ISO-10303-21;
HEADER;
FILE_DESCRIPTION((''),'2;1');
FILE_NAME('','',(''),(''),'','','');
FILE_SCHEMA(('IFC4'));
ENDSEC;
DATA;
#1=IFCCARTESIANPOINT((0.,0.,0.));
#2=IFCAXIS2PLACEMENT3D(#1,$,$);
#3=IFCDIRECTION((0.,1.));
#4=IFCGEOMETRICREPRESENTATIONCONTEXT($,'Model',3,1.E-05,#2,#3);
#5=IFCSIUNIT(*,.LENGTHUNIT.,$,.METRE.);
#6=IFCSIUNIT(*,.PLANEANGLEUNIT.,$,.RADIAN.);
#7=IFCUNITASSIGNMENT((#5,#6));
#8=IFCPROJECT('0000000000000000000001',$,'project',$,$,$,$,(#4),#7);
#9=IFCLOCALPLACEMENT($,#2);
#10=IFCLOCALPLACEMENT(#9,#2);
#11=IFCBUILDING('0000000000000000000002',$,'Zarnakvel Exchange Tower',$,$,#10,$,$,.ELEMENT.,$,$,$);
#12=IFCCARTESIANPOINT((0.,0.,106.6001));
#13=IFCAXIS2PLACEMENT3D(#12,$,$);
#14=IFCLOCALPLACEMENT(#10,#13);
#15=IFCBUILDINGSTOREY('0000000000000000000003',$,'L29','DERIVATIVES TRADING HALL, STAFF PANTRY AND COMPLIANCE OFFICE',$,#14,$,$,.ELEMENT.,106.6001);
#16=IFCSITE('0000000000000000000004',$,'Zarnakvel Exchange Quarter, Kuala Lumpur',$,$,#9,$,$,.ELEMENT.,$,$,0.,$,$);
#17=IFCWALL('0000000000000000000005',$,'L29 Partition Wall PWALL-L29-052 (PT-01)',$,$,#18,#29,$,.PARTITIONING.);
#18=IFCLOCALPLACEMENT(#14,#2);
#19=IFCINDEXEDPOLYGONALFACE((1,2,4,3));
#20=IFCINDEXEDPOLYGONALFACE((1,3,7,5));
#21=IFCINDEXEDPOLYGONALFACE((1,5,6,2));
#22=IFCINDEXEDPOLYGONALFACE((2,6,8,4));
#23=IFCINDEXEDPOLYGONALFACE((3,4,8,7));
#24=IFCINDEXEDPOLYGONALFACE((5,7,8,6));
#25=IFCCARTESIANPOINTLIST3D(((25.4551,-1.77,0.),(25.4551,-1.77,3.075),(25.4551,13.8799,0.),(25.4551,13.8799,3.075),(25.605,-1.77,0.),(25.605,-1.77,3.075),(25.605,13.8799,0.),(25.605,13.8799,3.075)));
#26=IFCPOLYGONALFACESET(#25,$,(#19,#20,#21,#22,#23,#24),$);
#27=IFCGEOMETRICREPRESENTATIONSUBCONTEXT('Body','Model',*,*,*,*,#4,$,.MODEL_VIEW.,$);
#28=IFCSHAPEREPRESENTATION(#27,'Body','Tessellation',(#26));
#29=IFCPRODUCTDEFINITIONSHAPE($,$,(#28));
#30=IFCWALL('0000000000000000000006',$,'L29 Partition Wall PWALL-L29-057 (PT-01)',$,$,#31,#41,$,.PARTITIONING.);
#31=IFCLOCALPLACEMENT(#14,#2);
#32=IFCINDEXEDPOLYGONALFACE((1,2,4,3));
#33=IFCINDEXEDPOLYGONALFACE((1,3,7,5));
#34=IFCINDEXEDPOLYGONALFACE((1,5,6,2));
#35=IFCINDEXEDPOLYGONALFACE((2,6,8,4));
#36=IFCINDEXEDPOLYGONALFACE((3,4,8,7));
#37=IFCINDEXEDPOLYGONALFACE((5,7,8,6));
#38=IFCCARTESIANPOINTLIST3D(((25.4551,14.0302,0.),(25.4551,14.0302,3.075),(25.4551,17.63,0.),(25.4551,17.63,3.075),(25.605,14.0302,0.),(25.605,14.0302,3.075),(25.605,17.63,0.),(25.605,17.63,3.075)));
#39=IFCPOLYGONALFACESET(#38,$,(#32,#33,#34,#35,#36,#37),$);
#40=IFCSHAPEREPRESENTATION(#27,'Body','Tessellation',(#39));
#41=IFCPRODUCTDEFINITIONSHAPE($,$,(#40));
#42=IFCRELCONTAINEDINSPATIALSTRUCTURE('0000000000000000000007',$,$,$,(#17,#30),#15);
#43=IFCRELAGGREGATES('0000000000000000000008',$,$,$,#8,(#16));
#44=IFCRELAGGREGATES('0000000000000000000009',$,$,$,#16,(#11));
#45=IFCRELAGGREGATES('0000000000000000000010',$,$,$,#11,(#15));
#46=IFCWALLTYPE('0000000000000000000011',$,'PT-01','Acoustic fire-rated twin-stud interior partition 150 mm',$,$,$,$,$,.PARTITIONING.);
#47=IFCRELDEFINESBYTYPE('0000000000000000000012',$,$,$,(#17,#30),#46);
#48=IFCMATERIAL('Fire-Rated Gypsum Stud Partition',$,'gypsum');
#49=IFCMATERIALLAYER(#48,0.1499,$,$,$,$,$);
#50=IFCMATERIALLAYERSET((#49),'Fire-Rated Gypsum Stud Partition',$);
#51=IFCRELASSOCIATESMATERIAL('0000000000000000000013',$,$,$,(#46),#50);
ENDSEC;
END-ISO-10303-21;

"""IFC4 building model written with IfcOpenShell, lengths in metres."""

from ifc_helpers import new_model, si_unit, direction, frame, frame_2d, origin, place, context, subcontext, project, spatial, rectangle, extrude, material, layer, layer_set, type_object, element, save


model = new_model("IFC4")

# Units and contexts
model_context = context("Model", 3, precision=1e-05, world=origin(), true_north=direction((0.0, 1.0)))
body_context = subcontext(model_context, "Body", "Model", "MODEL_VIEW")
ifc_project = project(units=[si_unit("LENGTHUNIT", "METRE"), si_unit("PLANEANGLEUNIT", "RADIAN")], contexts=[model_context])

# Site, building, storey
site_placement = place(None, origin())
site = spatial("IfcSite", under=ifc_project, at=site_placement, Name="Zarnakvel Exchange Quarter, Kuala Lumpur", CompositionType="ELEMENT", RefElevation=0.0)
building_placement = place(site_placement, origin())
building = spatial("IfcBuilding", under=site, at=building_placement, Name="Zarnakvel Exchange Tower", CompositionType="ELEMENT")
storey_placement = place(building_placement, frame((0.0, 0.0, 106.6001)))
storey = spatial("IfcBuildingStorey", under=building, at=storey_placement, Name="L29", Description="DERIVATIVES TRADING HALL, STAFF PANTRY AND COMPLIANCE OFFICE", CompositionType="ELEMENT", Elevation=106.6001)

# Shared definitions
ifc_material_1 = material(Name="Fire-Rated Gypsum Stud Partition", Category="gypsum")
ifc_layer_1 = layer(ifc_material_1, 0.1499)
ifc_layer_set_1 = layer_set([ifc_layer_1], Name="Fire-Rated Gypsum Stud Partition")
wall_type_1 = type_object("IfcWallType", Name="PT-01", Description="Acoustic fire-rated twin-stud interior partition 150 mm", PredefinedType="PARTITIONING", material=ifc_layer_set_1)

# Walls
wall_1_placement = place(storey_placement, frame((25.53, 13.8799, 0.0), z_axis=(0.0, 0.0, 1.0), x_axis=(0.0, -1.0, 0.0)))
element("IfcWall", 1, at=wall_1_placement, inside=storey, type_object=wall_type_1, Name="L29 Partition Wall PWALL-L29-052 (PT-01)", PredefinedType="PARTITIONING", context=body_context, shape_type="SweptSolid", body=[
    extrude(rectangle(XDim=15.6499, YDim=0.1499, at=frame_2d((7.825, 0.0))), origin(), (0.0, 0.0, 1.0), 3.075),
])
wall_2_placement = place(storey_placement, frame((25.53, 17.6299, 0.0), z_axis=(0.0, 0.0, 1.0), x_axis=(0.0, -1.0, 0.0)))
element("IfcWall", 2, at=wall_2_placement, inside=storey, type_object=wall_type_1, Name="L29 Partition Wall PWALL-L29-057 (PT-01)", PredefinedType="PARTITIONING", context=body_context, shape_type="SweptSolid", body=[
    extrude(rectangle(XDim=3.5999, YDim=0.1499, at=frame_2d((1.7998, 0.0))), origin(), (0.0, 0.0, 1.0), 3.075),
])

save(model, "model.ifc")
